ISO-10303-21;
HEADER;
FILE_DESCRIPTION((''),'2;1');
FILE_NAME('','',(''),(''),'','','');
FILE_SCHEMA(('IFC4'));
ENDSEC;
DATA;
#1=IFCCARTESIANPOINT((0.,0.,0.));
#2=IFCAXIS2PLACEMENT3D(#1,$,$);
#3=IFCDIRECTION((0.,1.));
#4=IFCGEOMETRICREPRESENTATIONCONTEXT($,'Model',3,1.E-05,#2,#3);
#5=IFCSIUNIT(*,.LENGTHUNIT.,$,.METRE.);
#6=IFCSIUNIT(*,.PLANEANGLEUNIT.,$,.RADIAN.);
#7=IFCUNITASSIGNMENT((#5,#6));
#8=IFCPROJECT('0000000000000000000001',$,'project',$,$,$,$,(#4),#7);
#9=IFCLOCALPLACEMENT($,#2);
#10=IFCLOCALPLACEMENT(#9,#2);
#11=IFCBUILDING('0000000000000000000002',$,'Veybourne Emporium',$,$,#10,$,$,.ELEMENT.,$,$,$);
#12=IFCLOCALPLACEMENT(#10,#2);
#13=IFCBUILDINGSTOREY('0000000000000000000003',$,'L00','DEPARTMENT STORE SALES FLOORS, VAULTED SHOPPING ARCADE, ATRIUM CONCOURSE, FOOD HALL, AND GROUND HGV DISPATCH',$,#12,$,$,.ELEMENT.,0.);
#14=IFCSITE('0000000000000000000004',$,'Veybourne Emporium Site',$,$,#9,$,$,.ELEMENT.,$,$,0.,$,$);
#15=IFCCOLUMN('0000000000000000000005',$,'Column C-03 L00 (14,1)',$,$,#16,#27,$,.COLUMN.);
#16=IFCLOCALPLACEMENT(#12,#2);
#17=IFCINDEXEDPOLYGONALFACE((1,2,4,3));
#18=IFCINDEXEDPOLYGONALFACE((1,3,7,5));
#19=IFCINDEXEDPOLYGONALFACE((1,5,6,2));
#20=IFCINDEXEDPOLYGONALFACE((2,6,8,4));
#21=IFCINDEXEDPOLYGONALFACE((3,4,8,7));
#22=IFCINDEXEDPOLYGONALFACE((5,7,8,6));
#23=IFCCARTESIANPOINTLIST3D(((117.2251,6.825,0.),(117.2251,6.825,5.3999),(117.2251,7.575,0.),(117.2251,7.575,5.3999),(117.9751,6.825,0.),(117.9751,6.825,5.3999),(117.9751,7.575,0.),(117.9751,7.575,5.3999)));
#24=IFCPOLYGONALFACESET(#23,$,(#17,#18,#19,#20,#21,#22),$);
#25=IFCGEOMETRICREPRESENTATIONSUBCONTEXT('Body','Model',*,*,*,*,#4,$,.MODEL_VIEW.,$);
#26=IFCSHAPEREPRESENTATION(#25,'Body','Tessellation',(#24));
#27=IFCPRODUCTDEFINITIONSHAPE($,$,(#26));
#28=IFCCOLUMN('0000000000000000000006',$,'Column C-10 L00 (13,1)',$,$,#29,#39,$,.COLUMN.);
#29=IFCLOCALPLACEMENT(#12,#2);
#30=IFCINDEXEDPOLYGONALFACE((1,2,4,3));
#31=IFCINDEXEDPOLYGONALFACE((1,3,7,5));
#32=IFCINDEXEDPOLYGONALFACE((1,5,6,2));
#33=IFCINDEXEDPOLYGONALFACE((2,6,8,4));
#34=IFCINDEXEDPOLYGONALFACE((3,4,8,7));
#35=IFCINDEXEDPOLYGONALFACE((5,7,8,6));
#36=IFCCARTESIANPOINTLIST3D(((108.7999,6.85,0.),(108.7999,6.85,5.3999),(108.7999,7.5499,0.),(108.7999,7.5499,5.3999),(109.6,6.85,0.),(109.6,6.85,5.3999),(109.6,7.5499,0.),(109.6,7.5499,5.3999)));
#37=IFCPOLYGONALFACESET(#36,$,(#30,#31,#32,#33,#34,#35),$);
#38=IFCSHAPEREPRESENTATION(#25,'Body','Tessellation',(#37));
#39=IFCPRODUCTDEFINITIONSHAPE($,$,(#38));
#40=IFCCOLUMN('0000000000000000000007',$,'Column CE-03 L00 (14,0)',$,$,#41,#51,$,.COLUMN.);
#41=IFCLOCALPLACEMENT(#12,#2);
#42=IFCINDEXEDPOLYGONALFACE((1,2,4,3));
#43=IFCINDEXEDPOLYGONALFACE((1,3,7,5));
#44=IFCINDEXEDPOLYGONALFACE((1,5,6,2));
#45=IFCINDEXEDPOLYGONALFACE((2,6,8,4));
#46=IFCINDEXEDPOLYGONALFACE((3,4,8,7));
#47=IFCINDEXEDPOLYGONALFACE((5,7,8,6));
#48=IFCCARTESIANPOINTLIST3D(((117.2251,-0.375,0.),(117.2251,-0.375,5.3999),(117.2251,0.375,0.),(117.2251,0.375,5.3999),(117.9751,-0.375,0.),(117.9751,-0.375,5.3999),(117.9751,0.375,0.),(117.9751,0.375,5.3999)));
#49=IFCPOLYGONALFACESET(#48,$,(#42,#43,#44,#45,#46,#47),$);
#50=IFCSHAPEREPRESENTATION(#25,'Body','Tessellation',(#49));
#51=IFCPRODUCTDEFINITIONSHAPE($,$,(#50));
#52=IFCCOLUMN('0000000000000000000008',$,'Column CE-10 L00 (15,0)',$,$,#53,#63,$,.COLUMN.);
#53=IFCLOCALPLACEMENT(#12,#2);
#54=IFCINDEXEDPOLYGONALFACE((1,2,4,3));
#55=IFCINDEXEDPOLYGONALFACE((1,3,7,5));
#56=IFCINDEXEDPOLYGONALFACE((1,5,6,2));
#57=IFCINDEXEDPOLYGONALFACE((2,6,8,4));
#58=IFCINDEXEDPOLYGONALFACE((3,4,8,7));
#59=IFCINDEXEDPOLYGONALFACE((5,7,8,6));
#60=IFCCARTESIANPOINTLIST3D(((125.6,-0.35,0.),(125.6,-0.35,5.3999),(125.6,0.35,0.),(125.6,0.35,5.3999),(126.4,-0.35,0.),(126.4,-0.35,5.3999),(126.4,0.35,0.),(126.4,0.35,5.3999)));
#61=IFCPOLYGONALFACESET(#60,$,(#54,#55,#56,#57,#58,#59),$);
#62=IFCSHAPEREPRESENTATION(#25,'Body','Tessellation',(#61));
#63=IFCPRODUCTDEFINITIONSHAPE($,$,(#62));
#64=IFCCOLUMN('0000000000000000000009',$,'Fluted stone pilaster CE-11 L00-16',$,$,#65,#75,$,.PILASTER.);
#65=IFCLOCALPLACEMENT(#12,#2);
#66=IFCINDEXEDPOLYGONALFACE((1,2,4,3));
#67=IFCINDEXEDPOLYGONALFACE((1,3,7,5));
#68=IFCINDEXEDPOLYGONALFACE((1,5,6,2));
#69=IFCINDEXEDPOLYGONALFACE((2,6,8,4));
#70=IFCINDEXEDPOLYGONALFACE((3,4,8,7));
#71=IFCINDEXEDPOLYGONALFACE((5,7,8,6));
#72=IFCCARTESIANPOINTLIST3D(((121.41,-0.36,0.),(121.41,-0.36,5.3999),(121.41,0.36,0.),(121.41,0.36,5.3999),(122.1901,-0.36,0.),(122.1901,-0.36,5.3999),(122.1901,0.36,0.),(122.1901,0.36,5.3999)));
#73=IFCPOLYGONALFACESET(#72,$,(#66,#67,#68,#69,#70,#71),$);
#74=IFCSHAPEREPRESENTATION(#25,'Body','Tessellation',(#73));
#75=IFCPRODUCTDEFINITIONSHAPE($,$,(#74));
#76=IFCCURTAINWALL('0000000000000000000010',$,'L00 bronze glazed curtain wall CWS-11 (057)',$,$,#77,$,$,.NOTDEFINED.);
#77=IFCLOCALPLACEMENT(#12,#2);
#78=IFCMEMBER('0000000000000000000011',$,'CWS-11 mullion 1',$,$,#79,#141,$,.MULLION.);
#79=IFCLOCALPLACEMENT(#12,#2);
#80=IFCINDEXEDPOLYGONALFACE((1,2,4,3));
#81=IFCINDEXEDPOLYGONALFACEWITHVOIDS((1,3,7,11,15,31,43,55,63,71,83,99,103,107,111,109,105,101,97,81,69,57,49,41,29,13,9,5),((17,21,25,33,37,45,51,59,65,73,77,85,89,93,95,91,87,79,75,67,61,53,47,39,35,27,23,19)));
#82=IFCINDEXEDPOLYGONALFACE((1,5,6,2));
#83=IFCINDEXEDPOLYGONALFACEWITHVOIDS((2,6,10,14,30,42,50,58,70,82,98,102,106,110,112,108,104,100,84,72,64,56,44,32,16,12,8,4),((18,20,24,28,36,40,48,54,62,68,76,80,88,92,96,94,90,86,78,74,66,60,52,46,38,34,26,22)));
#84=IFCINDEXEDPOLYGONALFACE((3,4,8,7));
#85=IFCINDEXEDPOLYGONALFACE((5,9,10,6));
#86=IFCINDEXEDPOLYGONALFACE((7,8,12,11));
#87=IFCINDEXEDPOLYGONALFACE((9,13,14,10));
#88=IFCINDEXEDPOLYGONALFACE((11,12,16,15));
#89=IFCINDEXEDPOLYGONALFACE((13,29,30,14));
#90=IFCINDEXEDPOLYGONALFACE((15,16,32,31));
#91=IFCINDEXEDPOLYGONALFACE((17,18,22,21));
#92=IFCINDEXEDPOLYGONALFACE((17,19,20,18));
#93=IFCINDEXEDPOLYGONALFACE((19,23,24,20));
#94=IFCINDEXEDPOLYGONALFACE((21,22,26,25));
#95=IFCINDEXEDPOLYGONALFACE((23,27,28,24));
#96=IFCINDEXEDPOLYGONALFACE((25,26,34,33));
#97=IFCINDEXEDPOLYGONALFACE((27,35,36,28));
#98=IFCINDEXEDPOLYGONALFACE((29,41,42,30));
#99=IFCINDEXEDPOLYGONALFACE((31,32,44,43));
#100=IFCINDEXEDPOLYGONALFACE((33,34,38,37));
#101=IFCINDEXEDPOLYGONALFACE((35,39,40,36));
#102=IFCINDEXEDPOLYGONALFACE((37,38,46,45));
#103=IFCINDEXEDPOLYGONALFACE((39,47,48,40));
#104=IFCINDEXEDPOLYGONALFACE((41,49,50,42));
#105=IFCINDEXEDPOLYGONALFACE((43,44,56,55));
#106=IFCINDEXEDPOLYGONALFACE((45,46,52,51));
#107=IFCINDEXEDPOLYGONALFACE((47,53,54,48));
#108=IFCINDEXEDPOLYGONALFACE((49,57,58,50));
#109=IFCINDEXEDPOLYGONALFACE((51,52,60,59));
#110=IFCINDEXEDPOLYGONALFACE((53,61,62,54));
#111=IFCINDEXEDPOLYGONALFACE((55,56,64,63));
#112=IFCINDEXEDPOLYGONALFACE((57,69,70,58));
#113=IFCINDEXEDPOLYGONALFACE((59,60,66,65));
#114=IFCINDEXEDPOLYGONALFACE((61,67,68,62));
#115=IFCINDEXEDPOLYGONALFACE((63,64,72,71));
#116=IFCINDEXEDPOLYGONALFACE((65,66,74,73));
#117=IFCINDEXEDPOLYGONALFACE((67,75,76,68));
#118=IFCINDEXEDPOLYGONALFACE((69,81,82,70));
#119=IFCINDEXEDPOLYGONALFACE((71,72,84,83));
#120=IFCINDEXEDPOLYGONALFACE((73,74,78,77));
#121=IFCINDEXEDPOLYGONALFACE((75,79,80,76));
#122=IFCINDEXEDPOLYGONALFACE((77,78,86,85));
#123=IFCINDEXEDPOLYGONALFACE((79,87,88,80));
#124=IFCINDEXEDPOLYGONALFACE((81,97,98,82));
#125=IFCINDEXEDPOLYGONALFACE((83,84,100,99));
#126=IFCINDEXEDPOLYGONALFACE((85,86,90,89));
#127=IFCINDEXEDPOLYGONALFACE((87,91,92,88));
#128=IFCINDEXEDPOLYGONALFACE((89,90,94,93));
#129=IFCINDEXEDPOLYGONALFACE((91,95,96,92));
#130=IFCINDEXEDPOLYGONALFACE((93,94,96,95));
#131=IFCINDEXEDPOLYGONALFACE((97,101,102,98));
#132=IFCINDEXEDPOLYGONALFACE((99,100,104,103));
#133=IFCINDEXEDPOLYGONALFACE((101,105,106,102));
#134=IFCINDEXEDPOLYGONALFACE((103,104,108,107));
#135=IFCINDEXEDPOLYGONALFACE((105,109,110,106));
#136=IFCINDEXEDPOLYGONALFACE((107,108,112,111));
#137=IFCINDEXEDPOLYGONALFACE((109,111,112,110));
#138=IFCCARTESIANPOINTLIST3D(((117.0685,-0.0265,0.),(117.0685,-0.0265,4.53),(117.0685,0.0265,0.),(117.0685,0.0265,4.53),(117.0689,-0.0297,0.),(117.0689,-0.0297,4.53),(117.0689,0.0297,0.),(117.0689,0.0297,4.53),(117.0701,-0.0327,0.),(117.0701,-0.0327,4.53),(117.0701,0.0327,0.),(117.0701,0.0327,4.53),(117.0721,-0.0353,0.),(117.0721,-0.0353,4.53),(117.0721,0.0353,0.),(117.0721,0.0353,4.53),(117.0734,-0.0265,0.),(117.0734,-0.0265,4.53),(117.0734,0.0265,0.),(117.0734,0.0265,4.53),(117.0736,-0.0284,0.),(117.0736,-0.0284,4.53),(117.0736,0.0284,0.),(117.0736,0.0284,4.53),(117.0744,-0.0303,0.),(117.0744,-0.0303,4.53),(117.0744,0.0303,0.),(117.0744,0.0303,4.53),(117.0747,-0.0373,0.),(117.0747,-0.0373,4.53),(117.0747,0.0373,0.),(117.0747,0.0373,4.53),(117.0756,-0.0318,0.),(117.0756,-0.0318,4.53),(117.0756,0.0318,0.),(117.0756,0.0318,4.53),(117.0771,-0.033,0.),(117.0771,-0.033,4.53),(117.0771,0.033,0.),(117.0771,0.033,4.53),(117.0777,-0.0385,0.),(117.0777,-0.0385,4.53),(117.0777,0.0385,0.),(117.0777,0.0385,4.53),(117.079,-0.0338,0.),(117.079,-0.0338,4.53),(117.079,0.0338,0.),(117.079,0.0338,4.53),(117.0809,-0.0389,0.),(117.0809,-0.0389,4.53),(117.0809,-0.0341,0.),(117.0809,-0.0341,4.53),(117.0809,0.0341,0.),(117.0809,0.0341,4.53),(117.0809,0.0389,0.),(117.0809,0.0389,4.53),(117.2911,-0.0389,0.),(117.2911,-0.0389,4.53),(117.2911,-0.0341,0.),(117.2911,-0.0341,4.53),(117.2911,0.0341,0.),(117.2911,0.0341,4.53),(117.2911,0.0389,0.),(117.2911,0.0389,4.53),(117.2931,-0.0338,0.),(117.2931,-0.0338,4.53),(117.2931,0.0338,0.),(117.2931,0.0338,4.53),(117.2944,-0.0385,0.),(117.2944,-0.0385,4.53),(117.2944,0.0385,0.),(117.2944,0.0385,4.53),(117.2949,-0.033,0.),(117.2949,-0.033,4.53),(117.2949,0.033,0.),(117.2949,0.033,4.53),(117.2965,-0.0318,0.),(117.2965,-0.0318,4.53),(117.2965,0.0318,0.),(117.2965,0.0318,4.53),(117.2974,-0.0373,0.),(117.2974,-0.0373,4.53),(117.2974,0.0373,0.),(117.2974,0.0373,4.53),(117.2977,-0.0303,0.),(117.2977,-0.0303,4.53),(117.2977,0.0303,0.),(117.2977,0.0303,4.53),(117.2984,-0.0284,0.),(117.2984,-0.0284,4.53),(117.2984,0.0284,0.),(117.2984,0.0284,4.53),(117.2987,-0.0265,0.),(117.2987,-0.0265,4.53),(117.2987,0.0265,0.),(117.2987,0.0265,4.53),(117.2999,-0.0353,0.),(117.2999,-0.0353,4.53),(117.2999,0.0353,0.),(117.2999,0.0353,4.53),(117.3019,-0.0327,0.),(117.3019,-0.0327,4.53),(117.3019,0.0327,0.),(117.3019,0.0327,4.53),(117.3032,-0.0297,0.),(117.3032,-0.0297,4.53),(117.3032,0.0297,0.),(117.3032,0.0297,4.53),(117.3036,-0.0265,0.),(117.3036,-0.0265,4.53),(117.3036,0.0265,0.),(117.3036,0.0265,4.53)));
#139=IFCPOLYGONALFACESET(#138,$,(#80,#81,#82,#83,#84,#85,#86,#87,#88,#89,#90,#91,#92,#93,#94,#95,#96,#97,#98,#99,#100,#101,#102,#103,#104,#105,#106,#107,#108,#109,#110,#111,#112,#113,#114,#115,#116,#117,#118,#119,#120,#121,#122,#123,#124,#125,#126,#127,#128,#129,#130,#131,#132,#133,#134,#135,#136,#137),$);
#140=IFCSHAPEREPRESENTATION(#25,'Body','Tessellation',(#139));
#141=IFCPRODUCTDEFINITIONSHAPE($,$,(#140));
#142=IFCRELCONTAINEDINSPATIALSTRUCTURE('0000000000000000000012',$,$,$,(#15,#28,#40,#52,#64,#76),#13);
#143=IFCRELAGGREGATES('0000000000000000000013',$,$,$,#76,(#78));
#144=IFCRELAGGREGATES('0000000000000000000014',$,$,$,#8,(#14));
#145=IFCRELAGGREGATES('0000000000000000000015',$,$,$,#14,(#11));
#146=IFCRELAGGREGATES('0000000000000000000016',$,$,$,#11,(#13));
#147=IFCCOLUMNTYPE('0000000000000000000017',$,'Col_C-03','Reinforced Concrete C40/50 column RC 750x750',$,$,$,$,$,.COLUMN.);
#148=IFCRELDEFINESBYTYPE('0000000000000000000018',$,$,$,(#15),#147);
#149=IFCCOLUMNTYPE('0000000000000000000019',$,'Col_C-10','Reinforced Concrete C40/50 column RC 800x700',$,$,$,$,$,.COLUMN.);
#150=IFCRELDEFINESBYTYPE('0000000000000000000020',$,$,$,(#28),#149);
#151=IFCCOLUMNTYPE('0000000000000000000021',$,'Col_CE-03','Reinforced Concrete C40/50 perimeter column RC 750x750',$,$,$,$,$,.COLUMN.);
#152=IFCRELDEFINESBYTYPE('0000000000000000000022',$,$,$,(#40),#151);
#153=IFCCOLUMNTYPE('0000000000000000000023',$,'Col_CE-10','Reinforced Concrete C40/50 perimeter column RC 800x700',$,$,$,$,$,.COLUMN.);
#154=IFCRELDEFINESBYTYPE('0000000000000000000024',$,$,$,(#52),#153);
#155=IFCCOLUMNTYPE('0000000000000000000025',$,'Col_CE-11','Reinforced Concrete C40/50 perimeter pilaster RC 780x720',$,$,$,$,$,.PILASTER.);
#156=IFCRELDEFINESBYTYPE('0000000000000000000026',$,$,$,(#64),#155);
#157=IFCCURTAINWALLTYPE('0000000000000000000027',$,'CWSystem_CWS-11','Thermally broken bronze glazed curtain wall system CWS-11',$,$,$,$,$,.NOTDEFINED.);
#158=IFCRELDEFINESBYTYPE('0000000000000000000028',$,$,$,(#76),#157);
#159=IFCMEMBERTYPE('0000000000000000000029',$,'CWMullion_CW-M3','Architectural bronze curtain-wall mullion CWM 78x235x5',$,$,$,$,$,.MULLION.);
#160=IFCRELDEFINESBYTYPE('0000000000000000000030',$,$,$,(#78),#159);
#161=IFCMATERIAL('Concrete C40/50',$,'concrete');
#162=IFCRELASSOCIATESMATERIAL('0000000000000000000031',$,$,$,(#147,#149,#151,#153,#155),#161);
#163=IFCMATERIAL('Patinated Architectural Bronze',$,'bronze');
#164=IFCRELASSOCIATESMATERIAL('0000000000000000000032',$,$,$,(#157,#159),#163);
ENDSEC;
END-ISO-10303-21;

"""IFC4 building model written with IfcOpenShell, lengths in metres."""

from ifc_helpers import new_model, si_unit, direction, frame, origin, origin_2d, place, context, subcontext, project, spatial, rectangle, hollow_rectangle, extrude, material, material_profile, profile_set, type_object, element, aggregate, save


model = new_model("IFC4")

# Units and contexts
model_context = context("Model", 3, precision=1e-05, world=origin(), true_north=direction((0.0, 1.0)))
body_context = subcontext(model_context, "Body", "Model", "MODEL_VIEW")
ifc_project = project(units=[si_unit("LENGTHUNIT", "METRE"), si_unit("PLANEANGLEUNIT", "RADIAN")], contexts=[model_context])

# Site, building, storey
site_placement = place(None, origin())
site = spatial("IfcSite", under=ifc_project, at=site_placement, Name="Veybourne Emporium Site", CompositionType="ELEMENT", RefElevation=0.0)
building_placement = place(site_placement, origin())
building = spatial("IfcBuilding", under=site, at=building_placement, Name="Veybourne Emporium", CompositionType="ELEMENT")
storey_placement = place(building_placement, origin())
storey = spatial("IfcBuildingStorey", under=building, at=storey_placement, Name="L00", Description="DEPARTMENT STORE SALES FLOORS, VAULTED SHOPPING ARCADE, ATRIUM CONCOURSE, FOOD HALL, AND GROUND HGV DISPATCH", CompositionType="ELEMENT", Elevation=0.0)

# Columns
ifc_material_1 = material(Name="Concrete C40/50", Category="concrete")
ifc_material_profile_1 = material_profile(ifc_material_1, rectangle(XDim=0.75, YDim=0.75, at=origin_2d()), Name="RC 750x750")
ifc_profile_set_1 = profile_set([ifc_material_profile_1], Name="Concrete C40/50")
column_type_1 = type_object("IfcColumnType", Name="Col_C-03", Description="Reinforced Concrete C40/50 column RC 750x750", PredefinedType="COLUMN", material=ifc_profile_set_1)
column_1_placement = place(storey_placement, frame((117.6001, 7.2, 0.0), z_axis=(0.0, 0.0, 1.0), x_axis=(1.0, 0.0, 0.0)))
element("IfcColumn", 1, at=column_1_placement, inside=storey, type_object=column_type_1, Name="Column C-03 L00 (14,1)", PredefinedType="COLUMN", context=body_context, shape_type="SweptSolid", body=[
    extrude(rectangle(XDim=0.75, YDim=0.75, at=origin_2d()), origin(), (0.0, 0.0, 1.0), 5.3999),
])
ifc_material_profile_2 = material_profile(ifc_material_1, rectangle(XDim=0.8, YDim=0.7, at=origin_2d()), Name="RC 800x700")
ifc_profile_set_2 = profile_set([ifc_material_profile_2], Name="Concrete C40/50")
column_type_2 = type_object("IfcColumnType", Name="Col_C-10", Description="Reinforced Concrete C40/50 column RC 800x700", PredefinedType="COLUMN", material=ifc_profile_set_2)
column_2_placement = place(storey_placement, frame((109.2, 7.2, 0.0), z_axis=(0.0, 0.0, 1.0), x_axis=(1.0, 0.0, 0.0)))
element("IfcColumn", 2, at=column_2_placement, inside=storey, type_object=column_type_2, Name="Column C-10 L00 (13,1)", PredefinedType="COLUMN", context=body_context, shape_type="SweptSolid", body=[
    extrude(rectangle(XDim=0.8, YDim=0.7, at=origin_2d()), origin(), (0.0, 0.0, 1.0), 5.3999),
])
ifc_material_profile_3 = material_profile(ifc_material_1, rectangle(XDim=0.75, YDim=0.75, at=origin_2d()), Name="RC 750x750")
ifc_profile_set_3 = profile_set([ifc_material_profile_3], Name="Concrete C40/50")
column_type_3 = type_object("IfcColumnType", Name="Col_CE-03", Description="Reinforced Concrete C40/50 perimeter column RC 750x750", PredefinedType="COLUMN", material=ifc_profile_set_3)
column_3_placement = place(storey_placement, frame((117.6001, 0.0, 0.0), z_axis=(0.0, 0.0, 1.0), x_axis=(1.0, 0.0, 0.0)))
element("IfcColumn", 3, at=column_3_placement, inside=storey, type_object=column_type_3, Name="Column CE-03 L00 (14,0)", PredefinedType="COLUMN", context=body_context, shape_type="SweptSolid", body=[
    extrude(rectangle(XDim=0.75, YDim=0.75, at=origin_2d()), origin(), (0.0, 0.0, 1.0), 5.3999),
])
ifc_material_profile_4 = material_profile(ifc_material_1, rectangle(XDim=0.8, YDim=0.7, at=origin_2d()), Name="RC 800x700")
ifc_profile_set_4 = profile_set([ifc_material_profile_4], Name="Concrete C40/50")
column_type_4 = type_object("IfcColumnType", Name="Col_CE-10", Description="Reinforced Concrete C40/50 perimeter column RC 800x700", PredefinedType="COLUMN", material=ifc_profile_set_4)
column_4_placement = place(storey_placement, frame((126.0, 0.0, 0.0), z_axis=(0.0, 0.0, 1.0), x_axis=(1.0, 0.0, 0.0)))
element("IfcColumn", 4, at=column_4_placement, inside=storey, type_object=column_type_4, Name="Column CE-10 L00 (15,0)", PredefinedType="COLUMN", context=body_context, shape_type="SweptSolid", body=[
    extrude(rectangle(XDim=0.8, YDim=0.7, at=origin_2d()), origin(), (0.0, 0.0, 1.0), 5.3999),
])
ifc_material_profile_5 = material_profile(ifc_material_1, rectangle(XDim=0.78, YDim=0.72, at=origin_2d()), Name="RC 780x720")
ifc_profile_set_5 = profile_set([ifc_material_profile_5], Name="Concrete C40/50")
column_type_5 = type_object("IfcColumnType", Name="Col_CE-11", Description="Reinforced Concrete C40/50 perimeter pilaster RC 780x720", PredefinedType="PILASTER", material=ifc_profile_set_5)
column_5_placement = place(storey_placement, frame((121.8, 0.0, 0.0), z_axis=(0.0, 0.0, 1.0), x_axis=(1.0, 0.0, 0.0)))
element("IfcColumn", 5, at=column_5_placement, inside=storey, type_object=column_type_5, Name="Fluted stone pilaster CE-11 L00-16", PredefinedType="PILASTER", context=body_context, shape_type="SweptSolid", body=[
    extrude(rectangle(XDim=0.78, YDim=0.72, at=origin_2d()), origin(), (0.0, 0.0, 1.0), 5.3999),
])

# Curtain wall, member
ifc_material_2 = material(Name="Patinated Architectural Bronze", Category="bronze")
curtain_wall_type = type_object("IfcCurtainWallType", Name="CWSystem_CWS-11", Description="Thermally broken bronze glazed curtain wall system CWS-11", PredefinedType="NOTDEFINED", material=ifc_material_2)
curtain_wall_placement = place(storey_placement, origin())
curtain_wall = element("IfcCurtainWall", 6, at=curtain_wall_placement, inside=storey, type_object=curtain_wall_type, Name="L00 bronze glazed curtain wall CWS-11 (057)", PredefinedType="NOTDEFINED")
ifc_material_profile_6 = material_profile(ifc_material_2, hollow_rectangle(XDim=0.0779, YDim=0.2351, WallThickness=0.0049, InnerFilletRadius=0.0076, OuterFilletRadius=0.0125, at=origin_2d()), Name="CWM 78x235x5")
ifc_profile_set_6 = profile_set([ifc_material_profile_6], Name="Patinated Architectural Bronze")
member_type_1 = type_object("IfcMemberType", Name="CWMullion_CW-M3", Description="Architectural bronze curtain-wall mullion CWM 78x235x5", PredefinedType="MULLION", material=ifc_profile_set_6)
member_1_placement = place(storey_placement, frame((117.186, 0.0, 0.0), z_axis=(0.0, 0.0, 1.0), x_axis=(0.0, -1.0, 0.0)))
member_1 = element("IfcMember", 7, at=member_1_placement, type_object=member_type_1, Name="CWS-11 mullion 1", PredefinedType="MULLION", context=body_context, shape_type="SweptSolid", body=[
    extrude(hollow_rectangle(XDim=0.0779, YDim=0.2351, WallThickness=0.0049, InnerFilletRadius=0.0076, OuterFilletRadius=0.0125, at=origin_2d()), origin(), (0.0, 0.0, 1.0), 4.53),
])
aggregate(curtain_wall, [member_1])

save(model, "model.ifc")
